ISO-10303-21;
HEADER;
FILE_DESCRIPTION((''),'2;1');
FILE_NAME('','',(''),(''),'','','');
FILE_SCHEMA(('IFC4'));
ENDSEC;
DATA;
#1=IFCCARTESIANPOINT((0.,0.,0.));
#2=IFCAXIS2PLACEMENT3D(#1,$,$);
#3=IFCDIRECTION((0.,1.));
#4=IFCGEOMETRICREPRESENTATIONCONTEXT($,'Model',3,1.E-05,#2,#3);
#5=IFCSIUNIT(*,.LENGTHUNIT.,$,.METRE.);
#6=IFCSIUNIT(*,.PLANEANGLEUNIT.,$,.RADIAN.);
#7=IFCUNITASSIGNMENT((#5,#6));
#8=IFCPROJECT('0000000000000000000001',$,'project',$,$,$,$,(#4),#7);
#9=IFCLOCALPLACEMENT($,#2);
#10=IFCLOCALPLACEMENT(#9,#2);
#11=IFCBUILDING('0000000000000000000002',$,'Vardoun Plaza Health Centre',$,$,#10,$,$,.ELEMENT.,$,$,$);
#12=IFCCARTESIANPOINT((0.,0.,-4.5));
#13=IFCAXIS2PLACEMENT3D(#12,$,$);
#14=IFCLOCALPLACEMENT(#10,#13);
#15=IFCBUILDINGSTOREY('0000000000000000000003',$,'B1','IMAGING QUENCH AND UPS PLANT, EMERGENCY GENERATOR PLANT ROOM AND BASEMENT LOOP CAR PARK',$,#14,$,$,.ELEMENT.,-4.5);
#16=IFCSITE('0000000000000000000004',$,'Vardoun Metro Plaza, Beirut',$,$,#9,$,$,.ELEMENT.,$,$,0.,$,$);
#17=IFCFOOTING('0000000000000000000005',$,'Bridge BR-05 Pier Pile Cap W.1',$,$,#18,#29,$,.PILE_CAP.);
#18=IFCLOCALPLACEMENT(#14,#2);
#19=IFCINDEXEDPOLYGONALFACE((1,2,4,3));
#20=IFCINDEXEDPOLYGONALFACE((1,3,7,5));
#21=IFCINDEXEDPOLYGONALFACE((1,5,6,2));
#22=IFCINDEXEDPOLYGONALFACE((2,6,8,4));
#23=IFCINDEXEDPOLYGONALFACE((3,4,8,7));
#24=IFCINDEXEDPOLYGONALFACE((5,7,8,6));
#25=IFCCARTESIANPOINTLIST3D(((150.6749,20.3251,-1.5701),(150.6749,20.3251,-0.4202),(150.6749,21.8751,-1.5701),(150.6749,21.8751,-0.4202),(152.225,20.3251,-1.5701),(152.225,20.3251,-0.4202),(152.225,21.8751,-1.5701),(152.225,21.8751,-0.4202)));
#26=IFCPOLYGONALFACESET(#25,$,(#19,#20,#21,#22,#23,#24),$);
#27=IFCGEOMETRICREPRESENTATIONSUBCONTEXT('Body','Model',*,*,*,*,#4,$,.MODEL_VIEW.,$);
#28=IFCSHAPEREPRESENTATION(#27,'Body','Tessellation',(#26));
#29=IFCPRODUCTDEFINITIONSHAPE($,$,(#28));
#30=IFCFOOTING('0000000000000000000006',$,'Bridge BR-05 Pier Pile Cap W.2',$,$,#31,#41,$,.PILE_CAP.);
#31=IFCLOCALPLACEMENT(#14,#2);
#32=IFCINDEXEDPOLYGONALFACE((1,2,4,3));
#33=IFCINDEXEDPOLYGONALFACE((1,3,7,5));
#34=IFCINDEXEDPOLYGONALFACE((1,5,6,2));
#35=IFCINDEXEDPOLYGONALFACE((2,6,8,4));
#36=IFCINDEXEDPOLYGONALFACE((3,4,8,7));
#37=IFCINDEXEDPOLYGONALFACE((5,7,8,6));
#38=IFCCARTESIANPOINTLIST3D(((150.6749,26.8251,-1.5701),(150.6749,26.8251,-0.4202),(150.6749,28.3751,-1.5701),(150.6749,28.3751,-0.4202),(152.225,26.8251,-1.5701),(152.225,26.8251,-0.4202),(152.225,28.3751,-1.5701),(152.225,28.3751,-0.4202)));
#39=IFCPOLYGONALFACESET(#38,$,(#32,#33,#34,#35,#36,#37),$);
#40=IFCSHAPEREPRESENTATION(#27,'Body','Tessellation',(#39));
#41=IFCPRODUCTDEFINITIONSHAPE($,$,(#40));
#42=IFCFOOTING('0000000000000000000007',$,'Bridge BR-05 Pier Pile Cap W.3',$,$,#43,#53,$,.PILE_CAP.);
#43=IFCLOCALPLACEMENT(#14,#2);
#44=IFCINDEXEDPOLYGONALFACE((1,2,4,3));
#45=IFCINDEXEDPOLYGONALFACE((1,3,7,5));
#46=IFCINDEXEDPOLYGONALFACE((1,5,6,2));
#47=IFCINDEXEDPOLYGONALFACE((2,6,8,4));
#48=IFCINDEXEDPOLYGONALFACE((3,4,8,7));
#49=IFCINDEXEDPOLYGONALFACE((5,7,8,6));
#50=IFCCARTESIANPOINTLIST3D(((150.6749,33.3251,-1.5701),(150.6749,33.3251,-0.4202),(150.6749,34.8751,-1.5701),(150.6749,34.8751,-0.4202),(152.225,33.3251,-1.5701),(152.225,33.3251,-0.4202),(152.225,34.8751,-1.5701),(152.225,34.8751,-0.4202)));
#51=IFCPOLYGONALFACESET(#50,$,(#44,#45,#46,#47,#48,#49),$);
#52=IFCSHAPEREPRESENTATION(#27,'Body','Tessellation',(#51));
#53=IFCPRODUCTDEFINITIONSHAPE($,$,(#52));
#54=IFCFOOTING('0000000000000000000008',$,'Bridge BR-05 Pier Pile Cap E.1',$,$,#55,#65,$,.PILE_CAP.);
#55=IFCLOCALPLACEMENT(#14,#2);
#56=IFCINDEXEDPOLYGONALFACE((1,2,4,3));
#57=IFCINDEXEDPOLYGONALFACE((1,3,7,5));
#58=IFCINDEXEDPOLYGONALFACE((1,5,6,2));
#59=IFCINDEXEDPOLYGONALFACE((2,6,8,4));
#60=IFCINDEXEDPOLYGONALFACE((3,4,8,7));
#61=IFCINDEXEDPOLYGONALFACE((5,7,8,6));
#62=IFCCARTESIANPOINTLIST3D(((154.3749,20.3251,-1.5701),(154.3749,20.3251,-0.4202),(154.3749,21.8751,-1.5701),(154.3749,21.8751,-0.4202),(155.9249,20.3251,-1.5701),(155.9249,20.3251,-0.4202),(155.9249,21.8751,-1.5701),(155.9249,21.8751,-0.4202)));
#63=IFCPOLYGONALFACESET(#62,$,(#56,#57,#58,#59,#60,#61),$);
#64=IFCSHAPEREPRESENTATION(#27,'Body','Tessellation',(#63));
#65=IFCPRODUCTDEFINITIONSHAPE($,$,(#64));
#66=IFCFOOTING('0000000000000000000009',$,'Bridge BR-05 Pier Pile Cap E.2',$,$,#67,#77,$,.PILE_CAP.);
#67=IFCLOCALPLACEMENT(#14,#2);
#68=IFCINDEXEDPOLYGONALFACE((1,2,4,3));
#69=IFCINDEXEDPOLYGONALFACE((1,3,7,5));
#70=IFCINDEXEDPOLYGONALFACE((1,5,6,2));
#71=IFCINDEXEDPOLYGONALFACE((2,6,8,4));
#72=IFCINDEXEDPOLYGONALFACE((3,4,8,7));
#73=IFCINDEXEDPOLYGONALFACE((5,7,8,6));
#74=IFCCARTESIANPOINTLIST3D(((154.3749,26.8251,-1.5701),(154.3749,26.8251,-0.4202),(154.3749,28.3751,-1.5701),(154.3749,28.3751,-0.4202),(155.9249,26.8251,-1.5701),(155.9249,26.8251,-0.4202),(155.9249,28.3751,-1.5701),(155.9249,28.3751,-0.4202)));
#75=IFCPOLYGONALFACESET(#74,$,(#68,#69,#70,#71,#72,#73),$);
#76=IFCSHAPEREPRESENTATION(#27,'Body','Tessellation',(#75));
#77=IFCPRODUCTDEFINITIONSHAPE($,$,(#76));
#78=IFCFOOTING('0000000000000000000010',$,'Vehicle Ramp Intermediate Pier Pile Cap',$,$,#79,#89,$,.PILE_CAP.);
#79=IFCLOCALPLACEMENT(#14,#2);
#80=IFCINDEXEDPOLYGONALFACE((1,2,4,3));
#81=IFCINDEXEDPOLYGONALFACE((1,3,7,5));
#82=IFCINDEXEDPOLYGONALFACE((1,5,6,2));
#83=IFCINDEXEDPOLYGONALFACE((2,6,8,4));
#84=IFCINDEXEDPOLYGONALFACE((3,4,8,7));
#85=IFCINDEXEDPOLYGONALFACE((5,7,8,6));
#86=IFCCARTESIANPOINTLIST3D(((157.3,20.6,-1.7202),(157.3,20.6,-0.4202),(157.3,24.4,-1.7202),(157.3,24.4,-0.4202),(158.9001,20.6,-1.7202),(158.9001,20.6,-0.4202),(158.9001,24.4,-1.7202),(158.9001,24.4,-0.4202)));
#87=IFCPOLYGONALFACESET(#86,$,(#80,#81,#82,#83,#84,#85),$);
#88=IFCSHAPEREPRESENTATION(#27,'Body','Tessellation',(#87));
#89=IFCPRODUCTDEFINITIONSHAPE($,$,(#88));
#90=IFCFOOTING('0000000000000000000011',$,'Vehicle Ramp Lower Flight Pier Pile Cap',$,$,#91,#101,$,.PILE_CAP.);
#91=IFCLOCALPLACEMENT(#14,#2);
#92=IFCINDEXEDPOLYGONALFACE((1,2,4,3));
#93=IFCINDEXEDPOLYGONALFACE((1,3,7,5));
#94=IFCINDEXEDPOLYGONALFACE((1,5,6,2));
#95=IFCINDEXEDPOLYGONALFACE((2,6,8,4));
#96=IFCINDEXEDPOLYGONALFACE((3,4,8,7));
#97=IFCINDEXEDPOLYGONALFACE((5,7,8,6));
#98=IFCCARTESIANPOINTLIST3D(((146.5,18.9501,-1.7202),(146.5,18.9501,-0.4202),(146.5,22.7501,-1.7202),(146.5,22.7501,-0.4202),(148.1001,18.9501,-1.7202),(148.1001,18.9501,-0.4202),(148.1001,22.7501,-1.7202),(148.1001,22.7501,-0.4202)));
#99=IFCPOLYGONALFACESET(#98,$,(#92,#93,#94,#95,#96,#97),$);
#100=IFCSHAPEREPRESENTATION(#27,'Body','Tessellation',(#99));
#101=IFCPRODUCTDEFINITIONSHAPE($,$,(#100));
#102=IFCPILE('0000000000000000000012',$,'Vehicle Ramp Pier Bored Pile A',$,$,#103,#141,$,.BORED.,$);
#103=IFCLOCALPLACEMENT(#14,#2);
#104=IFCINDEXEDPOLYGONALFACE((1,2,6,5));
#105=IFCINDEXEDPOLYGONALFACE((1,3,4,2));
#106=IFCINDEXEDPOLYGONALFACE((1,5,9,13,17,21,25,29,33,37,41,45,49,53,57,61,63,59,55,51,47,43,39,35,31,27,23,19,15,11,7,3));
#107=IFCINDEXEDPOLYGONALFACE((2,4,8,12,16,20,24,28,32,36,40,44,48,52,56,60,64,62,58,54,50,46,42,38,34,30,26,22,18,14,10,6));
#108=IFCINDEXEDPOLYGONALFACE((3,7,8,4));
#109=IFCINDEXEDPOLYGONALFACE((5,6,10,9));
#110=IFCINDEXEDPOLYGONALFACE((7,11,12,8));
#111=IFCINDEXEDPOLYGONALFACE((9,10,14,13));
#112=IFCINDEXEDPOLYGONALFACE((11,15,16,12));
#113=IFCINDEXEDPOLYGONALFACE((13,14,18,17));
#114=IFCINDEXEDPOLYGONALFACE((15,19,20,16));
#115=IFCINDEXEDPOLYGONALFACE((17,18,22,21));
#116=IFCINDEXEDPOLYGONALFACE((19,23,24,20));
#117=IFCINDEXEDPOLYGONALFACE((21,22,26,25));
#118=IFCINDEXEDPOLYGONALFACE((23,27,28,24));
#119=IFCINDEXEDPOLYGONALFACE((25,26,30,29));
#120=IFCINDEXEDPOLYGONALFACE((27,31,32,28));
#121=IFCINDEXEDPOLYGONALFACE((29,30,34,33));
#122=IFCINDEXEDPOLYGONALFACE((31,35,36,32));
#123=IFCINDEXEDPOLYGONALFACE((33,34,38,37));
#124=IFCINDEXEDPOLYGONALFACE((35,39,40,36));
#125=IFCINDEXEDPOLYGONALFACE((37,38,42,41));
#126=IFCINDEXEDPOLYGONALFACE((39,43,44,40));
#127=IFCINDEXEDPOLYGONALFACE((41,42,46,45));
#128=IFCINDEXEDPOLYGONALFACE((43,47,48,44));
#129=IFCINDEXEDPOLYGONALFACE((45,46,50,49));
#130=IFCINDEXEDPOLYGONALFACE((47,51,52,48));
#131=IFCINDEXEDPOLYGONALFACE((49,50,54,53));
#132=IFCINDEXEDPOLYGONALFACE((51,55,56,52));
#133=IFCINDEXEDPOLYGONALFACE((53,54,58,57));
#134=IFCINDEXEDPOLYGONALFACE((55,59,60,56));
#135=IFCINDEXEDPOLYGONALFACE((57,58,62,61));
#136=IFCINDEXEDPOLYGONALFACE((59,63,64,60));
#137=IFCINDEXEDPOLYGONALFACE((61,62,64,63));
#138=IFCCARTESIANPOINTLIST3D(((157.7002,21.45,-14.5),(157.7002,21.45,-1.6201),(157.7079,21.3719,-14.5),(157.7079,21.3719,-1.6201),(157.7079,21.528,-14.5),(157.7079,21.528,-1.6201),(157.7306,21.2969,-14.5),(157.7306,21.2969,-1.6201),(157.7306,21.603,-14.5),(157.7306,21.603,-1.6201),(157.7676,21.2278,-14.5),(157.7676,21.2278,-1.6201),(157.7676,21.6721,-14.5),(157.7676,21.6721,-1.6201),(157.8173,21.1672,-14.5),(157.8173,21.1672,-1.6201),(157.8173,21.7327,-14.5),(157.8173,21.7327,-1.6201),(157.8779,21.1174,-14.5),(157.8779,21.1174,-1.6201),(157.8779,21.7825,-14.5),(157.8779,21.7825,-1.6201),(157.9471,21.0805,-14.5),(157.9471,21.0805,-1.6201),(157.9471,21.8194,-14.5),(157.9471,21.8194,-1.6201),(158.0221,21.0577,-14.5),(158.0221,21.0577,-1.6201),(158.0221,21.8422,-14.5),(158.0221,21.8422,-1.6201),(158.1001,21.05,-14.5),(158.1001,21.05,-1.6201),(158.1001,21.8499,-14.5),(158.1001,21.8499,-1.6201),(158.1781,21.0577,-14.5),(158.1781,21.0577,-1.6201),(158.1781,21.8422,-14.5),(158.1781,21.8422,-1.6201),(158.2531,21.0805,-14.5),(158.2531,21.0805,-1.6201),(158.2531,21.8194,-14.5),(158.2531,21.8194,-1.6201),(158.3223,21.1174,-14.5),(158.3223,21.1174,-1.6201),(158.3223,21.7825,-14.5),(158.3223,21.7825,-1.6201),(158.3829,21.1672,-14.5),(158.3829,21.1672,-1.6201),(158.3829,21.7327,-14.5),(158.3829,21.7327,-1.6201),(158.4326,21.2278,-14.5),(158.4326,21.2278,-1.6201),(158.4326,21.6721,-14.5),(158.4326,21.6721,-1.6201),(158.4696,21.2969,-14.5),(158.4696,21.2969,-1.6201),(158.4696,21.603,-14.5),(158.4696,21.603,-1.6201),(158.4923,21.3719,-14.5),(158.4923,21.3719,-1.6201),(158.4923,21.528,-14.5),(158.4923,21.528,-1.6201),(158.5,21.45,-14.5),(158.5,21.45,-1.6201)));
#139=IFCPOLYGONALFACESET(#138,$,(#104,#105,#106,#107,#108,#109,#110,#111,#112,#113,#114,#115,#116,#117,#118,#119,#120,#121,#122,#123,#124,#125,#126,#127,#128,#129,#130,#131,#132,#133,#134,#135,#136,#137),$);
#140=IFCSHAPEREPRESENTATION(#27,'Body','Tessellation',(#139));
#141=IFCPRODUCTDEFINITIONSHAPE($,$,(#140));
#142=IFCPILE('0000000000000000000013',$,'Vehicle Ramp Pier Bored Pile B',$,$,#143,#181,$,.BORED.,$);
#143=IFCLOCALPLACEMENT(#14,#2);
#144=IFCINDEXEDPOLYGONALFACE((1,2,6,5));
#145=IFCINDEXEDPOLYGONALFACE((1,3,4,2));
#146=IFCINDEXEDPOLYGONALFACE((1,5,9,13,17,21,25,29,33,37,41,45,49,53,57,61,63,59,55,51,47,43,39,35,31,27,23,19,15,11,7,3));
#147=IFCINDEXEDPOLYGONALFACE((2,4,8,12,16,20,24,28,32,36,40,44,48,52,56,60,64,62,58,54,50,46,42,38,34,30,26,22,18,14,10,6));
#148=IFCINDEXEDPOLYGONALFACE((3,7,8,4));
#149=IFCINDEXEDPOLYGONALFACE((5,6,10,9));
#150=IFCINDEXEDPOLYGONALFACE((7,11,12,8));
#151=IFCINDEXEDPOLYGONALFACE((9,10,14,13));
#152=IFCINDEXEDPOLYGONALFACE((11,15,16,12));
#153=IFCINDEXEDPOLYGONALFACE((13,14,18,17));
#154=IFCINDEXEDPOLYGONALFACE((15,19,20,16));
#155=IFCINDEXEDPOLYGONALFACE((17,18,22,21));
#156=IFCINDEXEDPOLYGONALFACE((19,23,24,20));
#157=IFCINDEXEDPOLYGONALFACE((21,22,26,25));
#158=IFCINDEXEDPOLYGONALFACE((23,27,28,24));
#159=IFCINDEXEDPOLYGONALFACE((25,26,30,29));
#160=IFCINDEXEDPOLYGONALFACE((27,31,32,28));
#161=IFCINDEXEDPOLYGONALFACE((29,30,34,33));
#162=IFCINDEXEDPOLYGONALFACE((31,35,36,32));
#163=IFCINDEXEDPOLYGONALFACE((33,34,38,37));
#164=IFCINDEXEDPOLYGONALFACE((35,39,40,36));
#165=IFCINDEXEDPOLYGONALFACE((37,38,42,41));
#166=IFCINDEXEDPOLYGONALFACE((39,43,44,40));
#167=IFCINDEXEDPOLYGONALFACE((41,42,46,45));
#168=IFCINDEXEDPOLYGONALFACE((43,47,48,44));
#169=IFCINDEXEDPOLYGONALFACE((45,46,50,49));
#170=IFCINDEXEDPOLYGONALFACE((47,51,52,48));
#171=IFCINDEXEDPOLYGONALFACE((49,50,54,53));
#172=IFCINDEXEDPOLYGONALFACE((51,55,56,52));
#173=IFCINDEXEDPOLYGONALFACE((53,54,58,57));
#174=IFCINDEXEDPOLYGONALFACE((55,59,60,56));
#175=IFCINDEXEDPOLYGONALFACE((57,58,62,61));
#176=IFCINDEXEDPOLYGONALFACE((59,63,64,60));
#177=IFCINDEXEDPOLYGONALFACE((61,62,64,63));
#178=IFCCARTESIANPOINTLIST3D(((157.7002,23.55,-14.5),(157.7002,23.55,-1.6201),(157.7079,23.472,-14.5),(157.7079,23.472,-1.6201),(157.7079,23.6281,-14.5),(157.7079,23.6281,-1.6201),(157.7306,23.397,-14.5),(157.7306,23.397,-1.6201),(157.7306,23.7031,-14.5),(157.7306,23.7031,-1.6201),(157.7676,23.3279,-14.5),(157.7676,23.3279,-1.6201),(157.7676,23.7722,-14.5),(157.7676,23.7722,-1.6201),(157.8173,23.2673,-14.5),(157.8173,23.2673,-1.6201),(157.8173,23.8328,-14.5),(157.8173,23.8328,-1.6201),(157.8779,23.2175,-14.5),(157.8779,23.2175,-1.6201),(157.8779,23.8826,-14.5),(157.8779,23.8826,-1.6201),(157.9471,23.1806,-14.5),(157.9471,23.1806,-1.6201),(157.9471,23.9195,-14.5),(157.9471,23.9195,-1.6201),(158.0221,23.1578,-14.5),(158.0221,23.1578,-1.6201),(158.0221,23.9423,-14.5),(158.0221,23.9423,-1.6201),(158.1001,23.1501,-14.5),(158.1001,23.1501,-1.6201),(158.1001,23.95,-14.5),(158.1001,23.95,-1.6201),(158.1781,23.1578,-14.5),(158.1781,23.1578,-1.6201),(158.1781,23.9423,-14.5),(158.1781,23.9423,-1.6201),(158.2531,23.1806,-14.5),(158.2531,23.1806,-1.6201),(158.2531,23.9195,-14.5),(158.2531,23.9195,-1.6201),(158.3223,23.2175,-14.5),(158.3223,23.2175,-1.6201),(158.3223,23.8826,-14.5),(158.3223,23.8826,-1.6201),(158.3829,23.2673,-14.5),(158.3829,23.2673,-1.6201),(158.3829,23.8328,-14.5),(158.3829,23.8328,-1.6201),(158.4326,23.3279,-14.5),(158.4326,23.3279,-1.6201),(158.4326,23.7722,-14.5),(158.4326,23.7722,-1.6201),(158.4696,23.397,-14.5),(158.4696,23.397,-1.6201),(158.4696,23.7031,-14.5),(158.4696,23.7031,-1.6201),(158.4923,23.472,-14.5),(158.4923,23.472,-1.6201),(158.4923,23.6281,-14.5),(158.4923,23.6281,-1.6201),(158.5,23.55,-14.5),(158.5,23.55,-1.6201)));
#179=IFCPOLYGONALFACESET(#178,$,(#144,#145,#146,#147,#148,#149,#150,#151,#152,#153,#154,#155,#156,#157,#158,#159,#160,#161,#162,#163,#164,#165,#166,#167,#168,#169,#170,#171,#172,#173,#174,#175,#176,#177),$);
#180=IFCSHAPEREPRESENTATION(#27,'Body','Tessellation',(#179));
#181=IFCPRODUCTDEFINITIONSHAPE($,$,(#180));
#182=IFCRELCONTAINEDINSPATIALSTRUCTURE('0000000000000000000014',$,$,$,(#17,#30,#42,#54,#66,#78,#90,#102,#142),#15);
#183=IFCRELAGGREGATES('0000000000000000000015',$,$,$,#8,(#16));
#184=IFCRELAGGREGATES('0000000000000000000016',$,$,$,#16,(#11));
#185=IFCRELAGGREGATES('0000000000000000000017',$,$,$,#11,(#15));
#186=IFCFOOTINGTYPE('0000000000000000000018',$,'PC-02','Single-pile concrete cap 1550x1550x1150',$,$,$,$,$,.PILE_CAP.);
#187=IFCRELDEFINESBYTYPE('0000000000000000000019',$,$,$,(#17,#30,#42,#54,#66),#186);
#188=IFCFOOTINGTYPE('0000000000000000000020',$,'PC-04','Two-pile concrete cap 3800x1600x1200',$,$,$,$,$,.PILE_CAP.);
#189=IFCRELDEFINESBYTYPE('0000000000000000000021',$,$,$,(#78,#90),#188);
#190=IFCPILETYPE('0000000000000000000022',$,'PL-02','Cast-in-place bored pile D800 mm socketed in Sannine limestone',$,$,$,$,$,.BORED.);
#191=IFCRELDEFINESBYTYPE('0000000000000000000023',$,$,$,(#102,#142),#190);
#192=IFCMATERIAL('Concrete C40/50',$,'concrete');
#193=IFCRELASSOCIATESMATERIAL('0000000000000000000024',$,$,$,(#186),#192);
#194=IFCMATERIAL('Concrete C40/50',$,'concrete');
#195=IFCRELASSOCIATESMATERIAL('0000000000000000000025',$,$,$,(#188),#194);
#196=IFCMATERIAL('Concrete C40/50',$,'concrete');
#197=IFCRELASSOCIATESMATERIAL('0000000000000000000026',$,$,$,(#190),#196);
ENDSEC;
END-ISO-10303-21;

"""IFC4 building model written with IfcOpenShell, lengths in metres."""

from ifc_helpers import new_model, si_unit, direction, frame, origin, origin_2d, place, context, subcontext, project, spatial, rectangle, circle, extrude, material, material_profile, profile_set, type_object, element, save


model = new_model("IFC4")

# Units and contexts
model_context = context("Model", 3, precision=1e-05, world=origin(), true_north=direction((0.0, 1.0)))
body_context = subcontext(model_context, "Body", "Model", "MODEL_VIEW")
ifc_project = project(units=[si_unit("LENGTHUNIT", "METRE"), si_unit("PLANEANGLEUNIT", "RADIAN")], contexts=[model_context])

# Site, building, storey
site_placement = place(None, origin())
site = spatial("IfcSite", under=ifc_project, at=site_placement, Name="Vardoun Metro Plaza, Beirut", CompositionType="ELEMENT", RefElevation=0.0)
building_placement = place(site_placement, origin())
building = spatial("IfcBuilding", under=site, at=building_placement, Name="Vardoun Plaza Health Centre", CompositionType="ELEMENT")
storey_placement = place(building_placement, frame((0.0, 0.0, -4.5)))
storey = spatial("IfcBuildingStorey", under=building, at=storey_placement, Name="B1", Description="IMAGING QUENCH AND UPS PLANT, EMERGENCY GENERATOR PLANT ROOM AND BASEMENT LOOP CAR PARK", CompositionType="ELEMENT", Elevation=-4.5)

# Footings
ifc_material_1 = material(Name="Concrete C40/50", Category="concrete")
footing_type_1 = type_object("IfcFootingType", Name="PC-02", Description="Single-pile concrete cap 1550x1550x1150", PredefinedType="PILE_CAP", material=ifc_material_1)
for number, where, z_axis, x_axis, name in (
    (1, (151.45, 21.1001, -1.5701), (0.0, 0.0, 1.0), (1.0, 0.0, 0.0), "Bridge BR-05 Pier Pile Cap W.1"),
    (2, (151.45, 27.6001, -1.5701), (0.0, 0.0, 1.0), (1.0, 0.0, 0.0), "Bridge BR-05 Pier Pile Cap W.2"),
    (3, (151.45, 34.1001, -1.5701), (0.0, 0.0, 1.0), (1.0, 0.0, 0.0), "Bridge BR-05 Pier Pile Cap W.3"),
    (4, (155.1499, 21.1001, -1.5701), (0.0, 0.0, 1.0), (1.0, 0.0, 0.0), "Bridge BR-05 Pier Pile Cap E.1"),
    (5, (155.1499, 27.6001, -1.5701), (0.0, 0.0, 1.0), (1.0, 0.0, 0.0), "Bridge BR-05 Pier Pile Cap E.2"),
):
    element("IfcFooting", number, at=place(storey_placement, frame(where, z_axis=z_axis, x_axis=x_axis)), inside=storey, type_object=footing_type_1, Name=name, PredefinedType="PILE_CAP", context=body_context, shape_type="SweptSolid", body=[
        extrude(rectangle(XDim=1.55, YDim=1.55, at=origin_2d()), origin(), (0.0, 0.0, 1.0), 1.1499),
    ])
ifc_material_2 = material(Name="Concrete C40/50", Category="concrete")
footing_type_2 = type_object("IfcFootingType", Name="PC-04", Description="Two-pile concrete cap 3800x1600x1200", PredefinedType="PILE_CAP", material=ifc_material_2)
for number, where, z_axis, x_axis, name in (
    (6, (158.1001, 22.5, -1.7202), (0.0, 0.0, 1.0), (1.0, 0.0, 0.0), "Vehicle Ramp Intermediate Pier Pile Cap"),
    (7, (147.3, 20.8501, -1.7202), (0.0, 0.0, 1.0), (1.0, 0.0, 0.0), "Vehicle Ramp Lower Flight Pier Pile Cap"),
):
    element("IfcFooting", number, at=place(storey_placement, frame(where, z_axis=z_axis, x_axis=x_axis)), inside=storey, type_object=footing_type_2, Name=name, PredefinedType="PILE_CAP", context=body_context, shape_type="SweptSolid", body=[
        extrude(rectangle(XDim=1.6001, YDim=3.8, at=origin_2d()), origin(), (0.0, 0.0, 1.0), 1.3),
    ])

# Piles
ifc_material_3 = material(Name="Concrete C40/50", Category="concrete")
ifc_material_profile_1 = material_profile(ifc_material_3, circle(Radius=0.3999, at=origin_2d()), Name="PILE D800")
ifc_profile_set_1 = profile_set([ifc_material_profile_1], Name="Concrete C40/50")
pile_type = type_object("IfcPileType", Name="PL-02", Description="Cast-in-place bored pile D800 mm socketed in Sannine limestone", PredefinedType="BORED", material=ifc_profile_set_1)
for number, where, z_axis, x_axis, name in (
    (8, (158.1001, 21.45, -1.6201), (0.0, 0.0, -1.0), (1.0, 0.0, 0.0), "Vehicle Ramp Pier Bored Pile A"),
    (9, (158.1001, 23.55, -1.6201), (0.0, 0.0, -1.0), (1.0, 0.0, 0.0), "Vehicle Ramp Pier Bored Pile B"),
):
    element("IfcPile", number, at=place(storey_placement, frame(where, z_axis=z_axis, x_axis=x_axis)), inside=storey, type_object=pile_type, Name=name, PredefinedType="BORED", context=body_context, shape_type="SweptSolid", body=[
        extrude(circle(Radius=0.3999, at=origin_2d()), origin(), (0.0, 0.0, 1.0), 12.8799),
    ])

save(model, "model.ifc")
